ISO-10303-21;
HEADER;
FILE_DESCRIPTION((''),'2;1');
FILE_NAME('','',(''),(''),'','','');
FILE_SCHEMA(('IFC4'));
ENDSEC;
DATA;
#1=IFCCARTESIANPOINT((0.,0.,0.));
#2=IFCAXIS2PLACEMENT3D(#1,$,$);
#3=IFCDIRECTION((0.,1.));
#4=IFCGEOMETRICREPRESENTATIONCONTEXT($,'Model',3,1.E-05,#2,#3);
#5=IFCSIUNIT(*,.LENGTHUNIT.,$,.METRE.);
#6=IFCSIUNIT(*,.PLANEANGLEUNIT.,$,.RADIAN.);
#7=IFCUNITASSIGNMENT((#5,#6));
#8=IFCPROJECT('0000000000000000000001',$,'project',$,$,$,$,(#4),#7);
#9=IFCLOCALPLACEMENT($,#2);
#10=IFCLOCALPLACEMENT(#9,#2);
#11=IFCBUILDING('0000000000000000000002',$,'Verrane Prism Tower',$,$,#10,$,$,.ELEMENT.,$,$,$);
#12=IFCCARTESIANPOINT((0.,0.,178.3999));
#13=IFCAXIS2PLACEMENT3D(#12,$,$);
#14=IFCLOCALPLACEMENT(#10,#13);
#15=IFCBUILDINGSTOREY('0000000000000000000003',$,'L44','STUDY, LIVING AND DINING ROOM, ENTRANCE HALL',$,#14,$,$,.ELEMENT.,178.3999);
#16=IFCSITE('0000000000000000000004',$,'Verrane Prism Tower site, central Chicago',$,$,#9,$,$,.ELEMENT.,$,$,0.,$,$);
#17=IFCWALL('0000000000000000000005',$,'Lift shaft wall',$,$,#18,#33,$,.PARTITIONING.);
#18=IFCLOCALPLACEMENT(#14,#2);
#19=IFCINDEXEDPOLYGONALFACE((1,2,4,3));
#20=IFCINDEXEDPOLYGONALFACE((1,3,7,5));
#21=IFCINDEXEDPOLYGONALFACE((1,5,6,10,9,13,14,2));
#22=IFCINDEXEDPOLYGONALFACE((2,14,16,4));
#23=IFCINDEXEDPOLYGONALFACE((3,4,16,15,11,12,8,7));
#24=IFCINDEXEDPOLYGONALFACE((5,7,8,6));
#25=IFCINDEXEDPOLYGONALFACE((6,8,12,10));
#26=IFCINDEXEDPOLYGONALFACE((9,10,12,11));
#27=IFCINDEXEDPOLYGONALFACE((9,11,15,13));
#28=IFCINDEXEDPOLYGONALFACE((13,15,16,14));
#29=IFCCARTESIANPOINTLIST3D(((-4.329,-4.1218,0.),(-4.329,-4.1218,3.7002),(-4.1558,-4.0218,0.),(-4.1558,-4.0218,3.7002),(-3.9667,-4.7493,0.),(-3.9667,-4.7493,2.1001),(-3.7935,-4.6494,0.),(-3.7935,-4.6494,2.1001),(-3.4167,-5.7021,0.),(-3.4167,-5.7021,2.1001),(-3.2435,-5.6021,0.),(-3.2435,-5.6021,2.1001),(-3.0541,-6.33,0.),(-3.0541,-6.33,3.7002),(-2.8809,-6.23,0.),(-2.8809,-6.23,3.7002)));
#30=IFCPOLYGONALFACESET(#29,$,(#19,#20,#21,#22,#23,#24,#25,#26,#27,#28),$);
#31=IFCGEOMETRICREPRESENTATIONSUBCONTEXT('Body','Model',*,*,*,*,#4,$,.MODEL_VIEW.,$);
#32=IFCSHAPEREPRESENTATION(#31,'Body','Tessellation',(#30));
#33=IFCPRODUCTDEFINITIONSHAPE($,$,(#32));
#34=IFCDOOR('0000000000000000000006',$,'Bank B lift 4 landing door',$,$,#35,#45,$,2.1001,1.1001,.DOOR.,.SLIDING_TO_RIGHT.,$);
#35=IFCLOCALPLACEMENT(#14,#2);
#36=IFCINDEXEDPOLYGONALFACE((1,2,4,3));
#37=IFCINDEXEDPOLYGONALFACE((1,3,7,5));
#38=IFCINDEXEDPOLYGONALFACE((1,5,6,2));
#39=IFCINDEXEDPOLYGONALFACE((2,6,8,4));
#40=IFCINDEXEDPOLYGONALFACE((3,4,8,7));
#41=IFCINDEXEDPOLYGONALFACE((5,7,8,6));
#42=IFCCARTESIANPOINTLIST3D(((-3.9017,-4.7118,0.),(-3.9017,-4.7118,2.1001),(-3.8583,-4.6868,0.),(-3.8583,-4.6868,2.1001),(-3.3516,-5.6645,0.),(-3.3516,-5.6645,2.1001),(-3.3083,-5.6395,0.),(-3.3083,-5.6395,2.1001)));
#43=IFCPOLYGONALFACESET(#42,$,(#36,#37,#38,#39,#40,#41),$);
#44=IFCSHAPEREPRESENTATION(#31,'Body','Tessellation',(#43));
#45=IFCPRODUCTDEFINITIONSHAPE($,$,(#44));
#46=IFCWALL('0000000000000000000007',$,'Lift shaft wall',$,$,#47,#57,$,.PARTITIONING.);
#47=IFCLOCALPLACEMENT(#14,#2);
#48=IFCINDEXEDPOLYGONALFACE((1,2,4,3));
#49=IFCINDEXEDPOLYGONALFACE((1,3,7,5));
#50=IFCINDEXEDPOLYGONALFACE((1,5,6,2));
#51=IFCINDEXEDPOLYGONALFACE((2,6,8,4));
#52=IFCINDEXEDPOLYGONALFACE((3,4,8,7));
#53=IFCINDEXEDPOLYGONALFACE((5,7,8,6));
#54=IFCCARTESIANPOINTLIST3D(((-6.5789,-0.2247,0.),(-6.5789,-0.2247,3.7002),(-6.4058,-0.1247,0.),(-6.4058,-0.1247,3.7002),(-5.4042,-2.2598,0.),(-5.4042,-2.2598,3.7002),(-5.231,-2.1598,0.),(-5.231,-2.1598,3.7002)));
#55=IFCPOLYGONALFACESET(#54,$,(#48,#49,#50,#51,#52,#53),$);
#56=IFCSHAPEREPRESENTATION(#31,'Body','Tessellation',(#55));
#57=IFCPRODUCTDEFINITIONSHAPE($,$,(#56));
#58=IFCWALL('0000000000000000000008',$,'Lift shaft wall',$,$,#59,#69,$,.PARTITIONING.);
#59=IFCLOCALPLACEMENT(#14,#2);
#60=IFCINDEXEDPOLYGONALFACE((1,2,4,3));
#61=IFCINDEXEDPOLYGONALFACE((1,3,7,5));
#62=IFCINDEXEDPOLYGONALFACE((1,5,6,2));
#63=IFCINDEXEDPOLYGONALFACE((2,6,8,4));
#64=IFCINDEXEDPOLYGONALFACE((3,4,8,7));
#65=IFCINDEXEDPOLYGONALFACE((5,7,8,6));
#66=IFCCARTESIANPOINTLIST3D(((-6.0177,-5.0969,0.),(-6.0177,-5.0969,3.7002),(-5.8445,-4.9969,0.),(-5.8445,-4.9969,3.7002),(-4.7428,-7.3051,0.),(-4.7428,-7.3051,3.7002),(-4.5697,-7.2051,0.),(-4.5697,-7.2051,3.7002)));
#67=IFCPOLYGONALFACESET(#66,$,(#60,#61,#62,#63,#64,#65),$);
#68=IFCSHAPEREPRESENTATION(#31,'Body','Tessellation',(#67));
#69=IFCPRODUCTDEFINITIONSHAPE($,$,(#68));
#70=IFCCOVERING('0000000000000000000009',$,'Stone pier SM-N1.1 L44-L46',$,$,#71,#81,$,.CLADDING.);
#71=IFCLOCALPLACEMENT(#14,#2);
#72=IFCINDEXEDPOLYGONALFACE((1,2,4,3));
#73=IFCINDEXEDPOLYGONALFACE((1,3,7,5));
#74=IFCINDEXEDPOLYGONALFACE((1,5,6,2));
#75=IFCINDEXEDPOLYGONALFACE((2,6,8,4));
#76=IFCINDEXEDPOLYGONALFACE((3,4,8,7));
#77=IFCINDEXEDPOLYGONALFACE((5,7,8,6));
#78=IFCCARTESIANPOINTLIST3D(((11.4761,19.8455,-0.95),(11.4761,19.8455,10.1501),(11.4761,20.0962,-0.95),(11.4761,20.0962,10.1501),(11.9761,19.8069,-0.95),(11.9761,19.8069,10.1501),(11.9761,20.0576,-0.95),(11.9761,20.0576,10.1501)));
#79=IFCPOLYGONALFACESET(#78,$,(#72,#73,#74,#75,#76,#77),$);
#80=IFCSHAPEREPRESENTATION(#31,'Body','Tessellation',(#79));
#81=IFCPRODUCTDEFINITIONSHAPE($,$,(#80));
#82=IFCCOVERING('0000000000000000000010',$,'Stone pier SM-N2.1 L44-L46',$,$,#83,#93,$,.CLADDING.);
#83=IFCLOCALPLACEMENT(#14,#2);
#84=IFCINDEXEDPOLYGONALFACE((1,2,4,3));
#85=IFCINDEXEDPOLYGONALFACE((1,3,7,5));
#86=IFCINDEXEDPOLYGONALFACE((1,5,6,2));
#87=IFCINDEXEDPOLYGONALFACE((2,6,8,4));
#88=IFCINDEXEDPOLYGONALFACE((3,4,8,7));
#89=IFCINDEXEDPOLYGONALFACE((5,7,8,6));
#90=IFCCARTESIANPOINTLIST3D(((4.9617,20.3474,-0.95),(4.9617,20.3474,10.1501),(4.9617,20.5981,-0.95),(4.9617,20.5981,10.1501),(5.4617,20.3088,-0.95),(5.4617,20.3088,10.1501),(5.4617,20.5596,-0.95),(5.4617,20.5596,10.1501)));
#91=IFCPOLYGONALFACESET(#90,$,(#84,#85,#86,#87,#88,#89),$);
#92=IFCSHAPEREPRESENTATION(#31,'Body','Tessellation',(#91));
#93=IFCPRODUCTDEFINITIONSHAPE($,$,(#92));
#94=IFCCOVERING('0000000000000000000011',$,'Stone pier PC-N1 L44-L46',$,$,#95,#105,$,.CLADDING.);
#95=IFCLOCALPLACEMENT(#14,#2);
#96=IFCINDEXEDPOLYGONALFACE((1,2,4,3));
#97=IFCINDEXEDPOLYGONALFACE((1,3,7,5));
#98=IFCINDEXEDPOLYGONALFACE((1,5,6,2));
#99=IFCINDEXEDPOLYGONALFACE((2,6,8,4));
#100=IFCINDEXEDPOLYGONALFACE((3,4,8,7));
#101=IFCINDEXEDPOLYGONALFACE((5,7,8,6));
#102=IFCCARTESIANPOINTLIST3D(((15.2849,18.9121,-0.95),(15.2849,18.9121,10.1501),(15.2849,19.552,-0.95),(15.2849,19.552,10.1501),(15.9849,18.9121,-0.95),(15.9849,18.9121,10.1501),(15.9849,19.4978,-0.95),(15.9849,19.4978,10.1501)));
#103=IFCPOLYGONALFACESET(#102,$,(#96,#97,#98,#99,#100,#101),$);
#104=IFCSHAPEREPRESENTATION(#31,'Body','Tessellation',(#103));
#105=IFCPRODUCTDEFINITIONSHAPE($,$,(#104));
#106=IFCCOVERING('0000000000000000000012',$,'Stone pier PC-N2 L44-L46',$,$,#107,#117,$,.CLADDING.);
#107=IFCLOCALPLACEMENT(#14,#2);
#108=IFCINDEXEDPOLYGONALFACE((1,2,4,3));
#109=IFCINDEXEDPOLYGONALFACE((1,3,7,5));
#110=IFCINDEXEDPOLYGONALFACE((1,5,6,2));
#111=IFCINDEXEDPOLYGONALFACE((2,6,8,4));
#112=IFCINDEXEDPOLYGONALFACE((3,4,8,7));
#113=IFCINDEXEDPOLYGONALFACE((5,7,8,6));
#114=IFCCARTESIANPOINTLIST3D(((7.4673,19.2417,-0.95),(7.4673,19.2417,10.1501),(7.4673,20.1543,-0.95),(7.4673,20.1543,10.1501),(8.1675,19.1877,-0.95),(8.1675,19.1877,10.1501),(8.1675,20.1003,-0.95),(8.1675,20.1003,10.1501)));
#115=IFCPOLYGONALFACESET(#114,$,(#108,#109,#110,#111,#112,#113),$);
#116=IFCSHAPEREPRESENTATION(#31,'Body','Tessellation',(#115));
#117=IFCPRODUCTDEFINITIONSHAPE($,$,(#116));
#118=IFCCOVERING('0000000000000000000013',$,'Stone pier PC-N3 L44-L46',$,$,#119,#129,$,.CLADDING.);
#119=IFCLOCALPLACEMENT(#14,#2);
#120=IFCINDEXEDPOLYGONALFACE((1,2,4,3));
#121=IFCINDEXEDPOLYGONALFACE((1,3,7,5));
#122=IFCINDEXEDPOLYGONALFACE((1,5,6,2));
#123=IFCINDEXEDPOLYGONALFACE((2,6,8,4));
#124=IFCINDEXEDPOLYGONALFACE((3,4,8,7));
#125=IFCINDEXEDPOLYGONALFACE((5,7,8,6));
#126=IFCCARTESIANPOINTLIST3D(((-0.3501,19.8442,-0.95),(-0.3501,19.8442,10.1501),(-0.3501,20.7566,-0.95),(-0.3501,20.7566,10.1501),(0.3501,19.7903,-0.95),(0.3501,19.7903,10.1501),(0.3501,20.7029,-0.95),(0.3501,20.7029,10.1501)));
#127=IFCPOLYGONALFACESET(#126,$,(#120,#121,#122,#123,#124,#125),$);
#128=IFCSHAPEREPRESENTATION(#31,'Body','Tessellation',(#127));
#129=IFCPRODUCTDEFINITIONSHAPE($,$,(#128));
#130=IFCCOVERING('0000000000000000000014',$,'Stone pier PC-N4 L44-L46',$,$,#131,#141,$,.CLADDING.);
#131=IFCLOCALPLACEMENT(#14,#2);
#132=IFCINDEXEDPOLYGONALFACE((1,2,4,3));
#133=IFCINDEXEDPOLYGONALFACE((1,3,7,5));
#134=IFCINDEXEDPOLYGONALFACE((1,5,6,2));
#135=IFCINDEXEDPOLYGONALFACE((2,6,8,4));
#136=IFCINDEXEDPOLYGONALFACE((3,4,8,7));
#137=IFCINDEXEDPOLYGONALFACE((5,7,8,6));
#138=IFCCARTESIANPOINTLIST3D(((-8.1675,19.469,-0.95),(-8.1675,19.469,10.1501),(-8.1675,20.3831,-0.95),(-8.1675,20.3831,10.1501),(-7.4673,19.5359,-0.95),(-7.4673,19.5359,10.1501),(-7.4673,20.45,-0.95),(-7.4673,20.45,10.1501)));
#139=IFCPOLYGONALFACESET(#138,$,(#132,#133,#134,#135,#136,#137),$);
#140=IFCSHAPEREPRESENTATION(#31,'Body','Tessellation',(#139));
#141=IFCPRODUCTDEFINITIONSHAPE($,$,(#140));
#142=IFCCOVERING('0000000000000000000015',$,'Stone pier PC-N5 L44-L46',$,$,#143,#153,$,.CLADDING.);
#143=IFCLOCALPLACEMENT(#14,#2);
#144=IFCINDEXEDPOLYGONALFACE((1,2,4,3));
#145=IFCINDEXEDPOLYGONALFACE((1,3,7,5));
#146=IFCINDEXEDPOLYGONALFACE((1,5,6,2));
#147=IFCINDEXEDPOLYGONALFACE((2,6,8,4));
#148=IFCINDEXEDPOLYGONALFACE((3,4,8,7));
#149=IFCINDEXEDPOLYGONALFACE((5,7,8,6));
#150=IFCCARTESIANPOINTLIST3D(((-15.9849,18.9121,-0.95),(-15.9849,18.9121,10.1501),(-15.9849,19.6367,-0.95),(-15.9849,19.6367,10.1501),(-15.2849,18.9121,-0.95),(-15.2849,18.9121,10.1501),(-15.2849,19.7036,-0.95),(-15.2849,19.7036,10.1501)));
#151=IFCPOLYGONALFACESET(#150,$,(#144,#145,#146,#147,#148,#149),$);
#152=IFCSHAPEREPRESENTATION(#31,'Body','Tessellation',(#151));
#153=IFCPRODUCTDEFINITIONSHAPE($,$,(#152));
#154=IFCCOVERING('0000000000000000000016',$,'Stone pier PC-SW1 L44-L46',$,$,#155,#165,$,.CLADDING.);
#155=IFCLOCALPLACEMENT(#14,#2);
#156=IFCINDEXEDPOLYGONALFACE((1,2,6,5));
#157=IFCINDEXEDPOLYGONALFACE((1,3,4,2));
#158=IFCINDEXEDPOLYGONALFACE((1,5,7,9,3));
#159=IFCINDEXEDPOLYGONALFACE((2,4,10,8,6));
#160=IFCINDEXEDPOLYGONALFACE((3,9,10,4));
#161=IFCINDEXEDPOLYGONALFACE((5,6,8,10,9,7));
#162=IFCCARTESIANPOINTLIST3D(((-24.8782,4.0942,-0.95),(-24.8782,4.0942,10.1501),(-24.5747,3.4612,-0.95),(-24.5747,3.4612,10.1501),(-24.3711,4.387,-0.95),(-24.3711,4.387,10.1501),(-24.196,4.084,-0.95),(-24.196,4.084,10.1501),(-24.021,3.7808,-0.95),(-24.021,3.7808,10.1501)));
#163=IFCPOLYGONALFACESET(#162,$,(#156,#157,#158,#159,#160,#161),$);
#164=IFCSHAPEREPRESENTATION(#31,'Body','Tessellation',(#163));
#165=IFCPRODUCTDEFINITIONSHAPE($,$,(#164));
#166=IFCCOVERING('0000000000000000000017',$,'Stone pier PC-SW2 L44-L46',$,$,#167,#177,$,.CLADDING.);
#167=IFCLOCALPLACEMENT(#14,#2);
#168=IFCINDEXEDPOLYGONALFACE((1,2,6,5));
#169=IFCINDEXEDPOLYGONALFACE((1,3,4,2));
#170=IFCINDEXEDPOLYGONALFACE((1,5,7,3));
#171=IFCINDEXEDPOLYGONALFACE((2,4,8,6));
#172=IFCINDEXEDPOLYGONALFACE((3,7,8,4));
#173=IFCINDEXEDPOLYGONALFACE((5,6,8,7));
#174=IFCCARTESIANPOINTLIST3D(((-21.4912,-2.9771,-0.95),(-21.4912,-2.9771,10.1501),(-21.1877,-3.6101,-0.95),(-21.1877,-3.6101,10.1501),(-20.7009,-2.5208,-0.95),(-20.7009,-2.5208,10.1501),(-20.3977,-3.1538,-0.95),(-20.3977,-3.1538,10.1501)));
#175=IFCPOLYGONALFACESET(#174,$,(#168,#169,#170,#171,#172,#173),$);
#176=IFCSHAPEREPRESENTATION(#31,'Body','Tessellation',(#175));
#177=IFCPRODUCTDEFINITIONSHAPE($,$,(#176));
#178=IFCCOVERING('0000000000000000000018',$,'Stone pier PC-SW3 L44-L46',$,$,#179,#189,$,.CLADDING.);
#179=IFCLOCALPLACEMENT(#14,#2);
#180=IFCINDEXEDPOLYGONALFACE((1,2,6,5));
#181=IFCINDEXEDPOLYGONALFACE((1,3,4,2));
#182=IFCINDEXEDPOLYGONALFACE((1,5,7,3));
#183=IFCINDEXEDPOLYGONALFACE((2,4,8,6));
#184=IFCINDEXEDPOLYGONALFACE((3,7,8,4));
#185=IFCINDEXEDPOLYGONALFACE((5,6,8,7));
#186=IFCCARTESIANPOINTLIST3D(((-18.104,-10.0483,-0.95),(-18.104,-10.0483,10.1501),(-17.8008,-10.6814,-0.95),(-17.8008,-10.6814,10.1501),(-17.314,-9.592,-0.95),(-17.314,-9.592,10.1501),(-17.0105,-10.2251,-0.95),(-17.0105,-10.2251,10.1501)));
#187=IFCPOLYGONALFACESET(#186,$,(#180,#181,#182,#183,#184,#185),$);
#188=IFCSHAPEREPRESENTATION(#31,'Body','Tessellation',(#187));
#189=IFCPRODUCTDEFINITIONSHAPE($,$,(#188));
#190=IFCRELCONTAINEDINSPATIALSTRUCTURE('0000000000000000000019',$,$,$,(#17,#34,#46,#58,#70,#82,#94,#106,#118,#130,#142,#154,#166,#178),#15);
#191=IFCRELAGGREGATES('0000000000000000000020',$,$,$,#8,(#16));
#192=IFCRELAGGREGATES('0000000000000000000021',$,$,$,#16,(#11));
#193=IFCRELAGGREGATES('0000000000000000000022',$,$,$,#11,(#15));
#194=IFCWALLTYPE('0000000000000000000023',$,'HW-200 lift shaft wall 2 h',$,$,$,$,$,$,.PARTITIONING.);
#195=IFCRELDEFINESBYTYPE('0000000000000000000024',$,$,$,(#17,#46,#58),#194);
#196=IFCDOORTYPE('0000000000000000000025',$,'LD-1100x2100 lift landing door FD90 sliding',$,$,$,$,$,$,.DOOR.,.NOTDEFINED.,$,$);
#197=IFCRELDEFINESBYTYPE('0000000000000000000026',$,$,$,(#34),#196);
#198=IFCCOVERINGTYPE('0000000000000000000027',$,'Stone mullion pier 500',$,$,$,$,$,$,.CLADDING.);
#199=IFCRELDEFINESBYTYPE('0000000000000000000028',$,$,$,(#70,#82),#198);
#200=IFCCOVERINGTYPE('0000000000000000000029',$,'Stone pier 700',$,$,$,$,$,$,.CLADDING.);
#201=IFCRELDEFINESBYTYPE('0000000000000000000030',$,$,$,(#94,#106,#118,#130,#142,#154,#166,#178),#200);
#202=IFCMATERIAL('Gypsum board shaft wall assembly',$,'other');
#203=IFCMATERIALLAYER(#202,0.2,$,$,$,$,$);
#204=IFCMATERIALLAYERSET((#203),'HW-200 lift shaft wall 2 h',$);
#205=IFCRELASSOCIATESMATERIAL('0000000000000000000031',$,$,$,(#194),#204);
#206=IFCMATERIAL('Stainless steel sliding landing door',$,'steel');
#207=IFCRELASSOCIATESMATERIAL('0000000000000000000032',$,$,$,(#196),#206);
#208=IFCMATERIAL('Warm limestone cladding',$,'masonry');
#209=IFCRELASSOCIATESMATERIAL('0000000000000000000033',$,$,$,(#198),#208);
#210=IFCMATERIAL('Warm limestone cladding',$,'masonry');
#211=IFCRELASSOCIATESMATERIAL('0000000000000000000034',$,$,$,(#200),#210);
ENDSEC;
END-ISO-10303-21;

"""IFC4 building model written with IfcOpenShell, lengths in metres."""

from ifc_helpers import new_model, si_unit, direction, frame, frame_2d, origin, place, context, subcontext, project, spatial, polyline, rectangle, outline, extrude, material, layer, layer_set, type_object, element, fill, save


model = new_model("IFC4")

# Units and contexts
model_context = context("Model", 3, precision=1e-05, world=origin(), true_north=direction((0.0, 1.0)))
body_context = subcontext(model_context, "Body", "Model", "MODEL_VIEW")
ifc_project = project(units=[si_unit("LENGTHUNIT", "METRE"), si_unit("PLANEANGLEUNIT", "RADIAN")], contexts=[model_context])

# Site, building, storey
site_placement = place(None, origin())
site = spatial("IfcSite", under=ifc_project, at=site_placement, Name="Verrane Prism Tower site, central Chicago", CompositionType="ELEMENT", RefElevation=0.0)
building_placement = place(site_placement, origin())
building = spatial("IfcBuilding", under=site, at=building_placement, Name="Verrane Prism Tower", CompositionType="ELEMENT")
storey_placement = place(building_placement, frame((0.0, 0.0, 178.3999)))
storey = spatial("IfcBuildingStorey", under=building, at=storey_placement, Name="L44", Description="STUDY, LIVING AND DINING ROOM, ENTRANCE HALL", CompositionType="ELEMENT", Elevation=178.3999)

# Shared definitions
ifc_material_1 = material(Name="Gypsum board shaft wall assembly", Category="other")
ifc_layer_1 = layer(ifc_material_1, 0.2)
ifc_layer_set_1 = layer_set([ifc_layer_1], Name="HW-200 lift shaft wall 2 h")
wall_type_1 = type_object("IfcWallType", Name="HW-200 lift shaft wall 2 h", PredefinedType="PARTITIONING", material=ifc_layer_set_1)
ifc_material_2 = material(Name="Stainless steel sliding landing door", Category="steel")
door_type = type_object("IfcDoorType", Name="LD-1100x2100 lift landing door FD90 sliding", OperationType="NOTDEFINED", PredefinedType="DOOR", material=ifc_material_2)

# Wall, opening, door
wall_1_placement = place(storey_placement, frame((-2.9675, -6.28, 0.0), z_axis=(0.0, 0.0, 1.0), x_axis=(-0.49999, 0.866031, 0.0)))
wall_1 = element("IfcWall", 1, at=wall_1_placement, inside=storey, type_object=wall_type_1, Name="Lift shaft wall", PredefinedType="PARTITIONING", context=body_context, shape_type="SweptSolid", body=[
    extrude(rectangle(XDim=2.5498, YDim=0.2, at=frame_2d((1.2749, 0.0))), origin(), (0.0, 0.0, 1.0), 3.7002),
])
opening_1_placement = place(wall_1_placement, frame((0.7251, 0.0, 0.0)))
opening_1 = element("IfcOpeningElement", 2, at=opening_1_placement, cuts=wall_1, PredefinedType="OPENING", context=body_context, shape_type="SweptSolid", body=[
    extrude(rectangle(XDim=1.1001, YDim=2.1001, at=frame_2d((0.55, 1.05))), frame((0.0, 0.1099, 0.0), z_axis=(0.0, -1.0, 0.0), x_axis=(1.0, 0.0, 0.0)), (0.0, 0.0, 1.0), 0.22),
])
door_1_placement = place(opening_1_placement, origin())
door_1 = element("IfcDoor", 3, at=door_1_placement, inside=storey, type_object=door_type, Name="Bank B lift 4 landing door", OperationType="SLIDING_TO_RIGHT", OverallHeight=2.1001, OverallWidth=1.1001, PredefinedType="DOOR", context=body_context, shape_type="SweptSolid", body=[
    extrude(rectangle(XDim=1.1001, YDim=2.1001, at=frame_2d((0.55, 1.05))), frame((0.0, 0.0249, 0.0), z_axis=(0.0, -1.0, 0.0), x_axis=(1.0, 0.0, 0.0)), (0.0, 0.0, 1.0), 0.05),
])
fill(opening_1, door_1)

# Walls
wall_2_placement = place(storey_placement, frame((-5.3176, -2.2097, 0.0), z_axis=(0.0, 0.0, 1.0), x_axis=(-0.499938, 0.866061, 0.0)))
element("IfcWall", 4, at=wall_2_placement, inside=storey, type_object=wall_type_1, Name="Lift shaft wall", PredefinedType="PARTITIONING", context=body_context, shape_type="SweptSolid", body=[
    extrude(rectangle(XDim=2.3499, YDim=0.2, at=frame_2d((1.1748, 0.0))), origin(), (0.0, 0.0, 1.0), 3.7002),
])
wall_3_placement = place(storey_placement, frame((-4.6562, -7.2551, 0.0), z_axis=(0.0, 0.0, 1.0), x_axis=(-0.49999, 0.866031, 0.0)))
element("IfcWall", 5, at=wall_3_placement, inside=storey, type_object=wall_type_1, Name="Lift shaft wall", PredefinedType="PARTITIONING", context=body_context, shape_type="SweptSolid", body=[
    extrude(rectangle(XDim=2.5498, YDim=0.2, at=frame_2d((1.2749, 0.0))), origin(), (0.0, 0.0, 1.0), 3.7002),
])

# Coverings
ifc_material_3 = material(Name="Warm limestone cladding", Category="masonry")
covering_type_1 = type_object("IfcCoveringType", Name="Stone mullion pier 500", PredefinedType="CLADDING", material=ifc_material_3)
covering_1_placement = place(storey_placement, frame((0.0, 0.0, -0.95)))
element("IfcCovering", 6, at=covering_1_placement, inside=storey, type_object=covering_type_1, Name="Stone pier SM-N1.1 L44-L46", PredefinedType="CLADDING", context=body_context, shape_type="SweptSolid", body=[
    extrude(outline(polyline([(11.4761, 19.8455), (11.9761, 19.8069), (11.9761, 20.0576), (11.4761, 20.0962), (11.4761, 19.8455)])), origin(), (0.0, 0.0, 1.0), 11.1001),
])
covering_2_placement = place(storey_placement, frame((0.0, 0.0, -0.95)))
element("IfcCovering", 7, at=covering_2_placement, inside=storey, type_object=covering_type_1, Name="Stone pier SM-N2.1 L44-L46", PredefinedType="CLADDING", context=body_context, shape_type="SweptSolid", body=[
    extrude(outline(polyline([(4.9617, 20.3474), (5.4617, 20.3088), (5.4617, 20.5596), (4.9617, 20.5981), (4.9617, 20.3474)])), origin(), (0.0, 0.0, 1.0), 11.1001),
])
ifc_material_4 = material(Name="Warm limestone cladding", Category="masonry")
covering_type_2 = type_object("IfcCoveringType", Name="Stone pier 700", PredefinedType="CLADDING", material=ifc_material_4)
covering_3_placement = place(storey_placement, frame((0.0, 0.0, -0.95)))
element("IfcCovering", 8, at=covering_3_placement, inside=storey, type_object=covering_type_2, Name="Stone pier PC-N1 L44-L46", PredefinedType="CLADDING", context=body_context, shape_type="SweptSolid", body=[
    extrude(outline(polyline([(15.2849, 18.9121), (15.9849, 18.9121), (15.9849, 19.4978), (15.2849, 19.552), (15.2849, 18.9121)])), origin(), (0.0, 0.0, 1.0), 11.1001),
])
covering_4_placement = place(storey_placement, frame((0.0, 0.0, -0.95)))
element("IfcCovering", 9, at=covering_4_placement, inside=storey, type_object=covering_type_2, Name="Stone pier PC-N2 L44-L46", PredefinedType="CLADDING", context=body_context, shape_type="SweptSolid", body=[
    extrude(outline(polyline([(7.4673, 20.1543), (7.4673, 19.2417), (8.1675, 19.1877), (8.1675, 20.1003), (7.4673, 20.1543)])), origin(), (0.0, 0.0, 1.0), 11.1001),
])
covering_5_placement = place(storey_placement, frame((0.0, 0.0, -0.95)))
element("IfcCovering", 10, at=covering_5_placement, inside=storey, type_object=covering_type_2, Name="Stone pier PC-N3 L44-L46", PredefinedType="CLADDING", context=body_context, shape_type="SweptSolid", body=[
    extrude(outline(polyline([(-0.3501, 20.7566), (-0.3501, 19.8442), (0.3501, 19.7903), (0.3501, 20.7029), (-0.3501, 20.7566)])), origin(), (0.0, 0.0, 1.0), 11.1001),
])
covering_6_placement = place(storey_placement, frame((0.0, 0.0, -0.95)))
element("IfcCovering", 11, at=covering_6_placement, inside=storey, type_object=covering_type_2, Name="Stone pier PC-N4 L44-L46", PredefinedType="CLADDING", context=body_context, shape_type="SweptSolid", body=[
    extrude(outline(polyline([(-8.1675, 20.3831), (-8.1675, 19.469), (-7.4673, 19.5359), (-7.4673, 20.45), (-8.1675, 20.3831)])), origin(), (0.0, 0.0, 1.0), 11.1001),
])
covering_7_placement = place(storey_placement, frame((0.0, 0.0, -0.95)))
element("IfcCovering", 12, at=covering_7_placement, inside=storey, type_object=covering_type_2, Name="Stone pier PC-N5 L44-L46", PredefinedType="CLADDING", context=body_context, shape_type="SweptSolid", body=[
    extrude(outline(polyline([(-15.9849, 18.9121), (-15.2849, 18.9121), (-15.2849, 19.7036), (-15.9849, 19.6367), (-15.9849, 18.9121)])), origin(), (0.0, 0.0, 1.0), 11.1001),
])
covering_8_placement = place(storey_placement, frame((0.0, 0.0, -0.95)))
element("IfcCovering", 13, at=covering_8_placement, inside=storey, type_object=covering_type_2, Name="Stone pier PC-SW1 L44-L46", PredefinedType="CLADDING", context=body_context, shape_type="SweptSolid", body=[
    extrude(outline(polyline([(-24.021, 3.7808), (-24.196, 4.084), (-24.3711, 4.387), (-24.8782, 4.0942), (-24.5747, 3.4612), (-24.021, 3.7808)])), origin(), (0.0, 0.0, 1.0), 11.1001),
])
covering_9_placement = place(storey_placement, frame((0.0, 0.0, -0.95)))
element("IfcCovering", 14, at=covering_9_placement, inside=storey, type_object=covering_type_2, Name="Stone pier PC-SW2 L44-L46", PredefinedType="CLADDING", context=body_context, shape_type="SweptSolid", body=[
    extrude(outline(polyline([(-21.1877, -3.6101), (-20.3977, -3.1538), (-20.7009, -2.5208), (-21.4912, -2.9771), (-21.1877, -3.6101)])), origin(), (0.0, 0.0, 1.0), 11.1001),
])
covering_10_placement = place(storey_placement, frame((0.0, 0.0, -0.95)))
element("IfcCovering", 15, at=covering_10_placement, inside=storey, type_object=covering_type_2, Name="Stone pier PC-SW3 L44-L46", PredefinedType="CLADDING", context=body_context, shape_type="SweptSolid", body=[
    extrude(outline(polyline([(-17.8008, -10.6814), (-17.0105, -10.2251), (-17.314, -9.592), (-18.104, -10.0483), (-17.8008, -10.6814)])), origin(), (0.0, 0.0, 1.0), 11.1001),
])

save(model, "model.ifc")
